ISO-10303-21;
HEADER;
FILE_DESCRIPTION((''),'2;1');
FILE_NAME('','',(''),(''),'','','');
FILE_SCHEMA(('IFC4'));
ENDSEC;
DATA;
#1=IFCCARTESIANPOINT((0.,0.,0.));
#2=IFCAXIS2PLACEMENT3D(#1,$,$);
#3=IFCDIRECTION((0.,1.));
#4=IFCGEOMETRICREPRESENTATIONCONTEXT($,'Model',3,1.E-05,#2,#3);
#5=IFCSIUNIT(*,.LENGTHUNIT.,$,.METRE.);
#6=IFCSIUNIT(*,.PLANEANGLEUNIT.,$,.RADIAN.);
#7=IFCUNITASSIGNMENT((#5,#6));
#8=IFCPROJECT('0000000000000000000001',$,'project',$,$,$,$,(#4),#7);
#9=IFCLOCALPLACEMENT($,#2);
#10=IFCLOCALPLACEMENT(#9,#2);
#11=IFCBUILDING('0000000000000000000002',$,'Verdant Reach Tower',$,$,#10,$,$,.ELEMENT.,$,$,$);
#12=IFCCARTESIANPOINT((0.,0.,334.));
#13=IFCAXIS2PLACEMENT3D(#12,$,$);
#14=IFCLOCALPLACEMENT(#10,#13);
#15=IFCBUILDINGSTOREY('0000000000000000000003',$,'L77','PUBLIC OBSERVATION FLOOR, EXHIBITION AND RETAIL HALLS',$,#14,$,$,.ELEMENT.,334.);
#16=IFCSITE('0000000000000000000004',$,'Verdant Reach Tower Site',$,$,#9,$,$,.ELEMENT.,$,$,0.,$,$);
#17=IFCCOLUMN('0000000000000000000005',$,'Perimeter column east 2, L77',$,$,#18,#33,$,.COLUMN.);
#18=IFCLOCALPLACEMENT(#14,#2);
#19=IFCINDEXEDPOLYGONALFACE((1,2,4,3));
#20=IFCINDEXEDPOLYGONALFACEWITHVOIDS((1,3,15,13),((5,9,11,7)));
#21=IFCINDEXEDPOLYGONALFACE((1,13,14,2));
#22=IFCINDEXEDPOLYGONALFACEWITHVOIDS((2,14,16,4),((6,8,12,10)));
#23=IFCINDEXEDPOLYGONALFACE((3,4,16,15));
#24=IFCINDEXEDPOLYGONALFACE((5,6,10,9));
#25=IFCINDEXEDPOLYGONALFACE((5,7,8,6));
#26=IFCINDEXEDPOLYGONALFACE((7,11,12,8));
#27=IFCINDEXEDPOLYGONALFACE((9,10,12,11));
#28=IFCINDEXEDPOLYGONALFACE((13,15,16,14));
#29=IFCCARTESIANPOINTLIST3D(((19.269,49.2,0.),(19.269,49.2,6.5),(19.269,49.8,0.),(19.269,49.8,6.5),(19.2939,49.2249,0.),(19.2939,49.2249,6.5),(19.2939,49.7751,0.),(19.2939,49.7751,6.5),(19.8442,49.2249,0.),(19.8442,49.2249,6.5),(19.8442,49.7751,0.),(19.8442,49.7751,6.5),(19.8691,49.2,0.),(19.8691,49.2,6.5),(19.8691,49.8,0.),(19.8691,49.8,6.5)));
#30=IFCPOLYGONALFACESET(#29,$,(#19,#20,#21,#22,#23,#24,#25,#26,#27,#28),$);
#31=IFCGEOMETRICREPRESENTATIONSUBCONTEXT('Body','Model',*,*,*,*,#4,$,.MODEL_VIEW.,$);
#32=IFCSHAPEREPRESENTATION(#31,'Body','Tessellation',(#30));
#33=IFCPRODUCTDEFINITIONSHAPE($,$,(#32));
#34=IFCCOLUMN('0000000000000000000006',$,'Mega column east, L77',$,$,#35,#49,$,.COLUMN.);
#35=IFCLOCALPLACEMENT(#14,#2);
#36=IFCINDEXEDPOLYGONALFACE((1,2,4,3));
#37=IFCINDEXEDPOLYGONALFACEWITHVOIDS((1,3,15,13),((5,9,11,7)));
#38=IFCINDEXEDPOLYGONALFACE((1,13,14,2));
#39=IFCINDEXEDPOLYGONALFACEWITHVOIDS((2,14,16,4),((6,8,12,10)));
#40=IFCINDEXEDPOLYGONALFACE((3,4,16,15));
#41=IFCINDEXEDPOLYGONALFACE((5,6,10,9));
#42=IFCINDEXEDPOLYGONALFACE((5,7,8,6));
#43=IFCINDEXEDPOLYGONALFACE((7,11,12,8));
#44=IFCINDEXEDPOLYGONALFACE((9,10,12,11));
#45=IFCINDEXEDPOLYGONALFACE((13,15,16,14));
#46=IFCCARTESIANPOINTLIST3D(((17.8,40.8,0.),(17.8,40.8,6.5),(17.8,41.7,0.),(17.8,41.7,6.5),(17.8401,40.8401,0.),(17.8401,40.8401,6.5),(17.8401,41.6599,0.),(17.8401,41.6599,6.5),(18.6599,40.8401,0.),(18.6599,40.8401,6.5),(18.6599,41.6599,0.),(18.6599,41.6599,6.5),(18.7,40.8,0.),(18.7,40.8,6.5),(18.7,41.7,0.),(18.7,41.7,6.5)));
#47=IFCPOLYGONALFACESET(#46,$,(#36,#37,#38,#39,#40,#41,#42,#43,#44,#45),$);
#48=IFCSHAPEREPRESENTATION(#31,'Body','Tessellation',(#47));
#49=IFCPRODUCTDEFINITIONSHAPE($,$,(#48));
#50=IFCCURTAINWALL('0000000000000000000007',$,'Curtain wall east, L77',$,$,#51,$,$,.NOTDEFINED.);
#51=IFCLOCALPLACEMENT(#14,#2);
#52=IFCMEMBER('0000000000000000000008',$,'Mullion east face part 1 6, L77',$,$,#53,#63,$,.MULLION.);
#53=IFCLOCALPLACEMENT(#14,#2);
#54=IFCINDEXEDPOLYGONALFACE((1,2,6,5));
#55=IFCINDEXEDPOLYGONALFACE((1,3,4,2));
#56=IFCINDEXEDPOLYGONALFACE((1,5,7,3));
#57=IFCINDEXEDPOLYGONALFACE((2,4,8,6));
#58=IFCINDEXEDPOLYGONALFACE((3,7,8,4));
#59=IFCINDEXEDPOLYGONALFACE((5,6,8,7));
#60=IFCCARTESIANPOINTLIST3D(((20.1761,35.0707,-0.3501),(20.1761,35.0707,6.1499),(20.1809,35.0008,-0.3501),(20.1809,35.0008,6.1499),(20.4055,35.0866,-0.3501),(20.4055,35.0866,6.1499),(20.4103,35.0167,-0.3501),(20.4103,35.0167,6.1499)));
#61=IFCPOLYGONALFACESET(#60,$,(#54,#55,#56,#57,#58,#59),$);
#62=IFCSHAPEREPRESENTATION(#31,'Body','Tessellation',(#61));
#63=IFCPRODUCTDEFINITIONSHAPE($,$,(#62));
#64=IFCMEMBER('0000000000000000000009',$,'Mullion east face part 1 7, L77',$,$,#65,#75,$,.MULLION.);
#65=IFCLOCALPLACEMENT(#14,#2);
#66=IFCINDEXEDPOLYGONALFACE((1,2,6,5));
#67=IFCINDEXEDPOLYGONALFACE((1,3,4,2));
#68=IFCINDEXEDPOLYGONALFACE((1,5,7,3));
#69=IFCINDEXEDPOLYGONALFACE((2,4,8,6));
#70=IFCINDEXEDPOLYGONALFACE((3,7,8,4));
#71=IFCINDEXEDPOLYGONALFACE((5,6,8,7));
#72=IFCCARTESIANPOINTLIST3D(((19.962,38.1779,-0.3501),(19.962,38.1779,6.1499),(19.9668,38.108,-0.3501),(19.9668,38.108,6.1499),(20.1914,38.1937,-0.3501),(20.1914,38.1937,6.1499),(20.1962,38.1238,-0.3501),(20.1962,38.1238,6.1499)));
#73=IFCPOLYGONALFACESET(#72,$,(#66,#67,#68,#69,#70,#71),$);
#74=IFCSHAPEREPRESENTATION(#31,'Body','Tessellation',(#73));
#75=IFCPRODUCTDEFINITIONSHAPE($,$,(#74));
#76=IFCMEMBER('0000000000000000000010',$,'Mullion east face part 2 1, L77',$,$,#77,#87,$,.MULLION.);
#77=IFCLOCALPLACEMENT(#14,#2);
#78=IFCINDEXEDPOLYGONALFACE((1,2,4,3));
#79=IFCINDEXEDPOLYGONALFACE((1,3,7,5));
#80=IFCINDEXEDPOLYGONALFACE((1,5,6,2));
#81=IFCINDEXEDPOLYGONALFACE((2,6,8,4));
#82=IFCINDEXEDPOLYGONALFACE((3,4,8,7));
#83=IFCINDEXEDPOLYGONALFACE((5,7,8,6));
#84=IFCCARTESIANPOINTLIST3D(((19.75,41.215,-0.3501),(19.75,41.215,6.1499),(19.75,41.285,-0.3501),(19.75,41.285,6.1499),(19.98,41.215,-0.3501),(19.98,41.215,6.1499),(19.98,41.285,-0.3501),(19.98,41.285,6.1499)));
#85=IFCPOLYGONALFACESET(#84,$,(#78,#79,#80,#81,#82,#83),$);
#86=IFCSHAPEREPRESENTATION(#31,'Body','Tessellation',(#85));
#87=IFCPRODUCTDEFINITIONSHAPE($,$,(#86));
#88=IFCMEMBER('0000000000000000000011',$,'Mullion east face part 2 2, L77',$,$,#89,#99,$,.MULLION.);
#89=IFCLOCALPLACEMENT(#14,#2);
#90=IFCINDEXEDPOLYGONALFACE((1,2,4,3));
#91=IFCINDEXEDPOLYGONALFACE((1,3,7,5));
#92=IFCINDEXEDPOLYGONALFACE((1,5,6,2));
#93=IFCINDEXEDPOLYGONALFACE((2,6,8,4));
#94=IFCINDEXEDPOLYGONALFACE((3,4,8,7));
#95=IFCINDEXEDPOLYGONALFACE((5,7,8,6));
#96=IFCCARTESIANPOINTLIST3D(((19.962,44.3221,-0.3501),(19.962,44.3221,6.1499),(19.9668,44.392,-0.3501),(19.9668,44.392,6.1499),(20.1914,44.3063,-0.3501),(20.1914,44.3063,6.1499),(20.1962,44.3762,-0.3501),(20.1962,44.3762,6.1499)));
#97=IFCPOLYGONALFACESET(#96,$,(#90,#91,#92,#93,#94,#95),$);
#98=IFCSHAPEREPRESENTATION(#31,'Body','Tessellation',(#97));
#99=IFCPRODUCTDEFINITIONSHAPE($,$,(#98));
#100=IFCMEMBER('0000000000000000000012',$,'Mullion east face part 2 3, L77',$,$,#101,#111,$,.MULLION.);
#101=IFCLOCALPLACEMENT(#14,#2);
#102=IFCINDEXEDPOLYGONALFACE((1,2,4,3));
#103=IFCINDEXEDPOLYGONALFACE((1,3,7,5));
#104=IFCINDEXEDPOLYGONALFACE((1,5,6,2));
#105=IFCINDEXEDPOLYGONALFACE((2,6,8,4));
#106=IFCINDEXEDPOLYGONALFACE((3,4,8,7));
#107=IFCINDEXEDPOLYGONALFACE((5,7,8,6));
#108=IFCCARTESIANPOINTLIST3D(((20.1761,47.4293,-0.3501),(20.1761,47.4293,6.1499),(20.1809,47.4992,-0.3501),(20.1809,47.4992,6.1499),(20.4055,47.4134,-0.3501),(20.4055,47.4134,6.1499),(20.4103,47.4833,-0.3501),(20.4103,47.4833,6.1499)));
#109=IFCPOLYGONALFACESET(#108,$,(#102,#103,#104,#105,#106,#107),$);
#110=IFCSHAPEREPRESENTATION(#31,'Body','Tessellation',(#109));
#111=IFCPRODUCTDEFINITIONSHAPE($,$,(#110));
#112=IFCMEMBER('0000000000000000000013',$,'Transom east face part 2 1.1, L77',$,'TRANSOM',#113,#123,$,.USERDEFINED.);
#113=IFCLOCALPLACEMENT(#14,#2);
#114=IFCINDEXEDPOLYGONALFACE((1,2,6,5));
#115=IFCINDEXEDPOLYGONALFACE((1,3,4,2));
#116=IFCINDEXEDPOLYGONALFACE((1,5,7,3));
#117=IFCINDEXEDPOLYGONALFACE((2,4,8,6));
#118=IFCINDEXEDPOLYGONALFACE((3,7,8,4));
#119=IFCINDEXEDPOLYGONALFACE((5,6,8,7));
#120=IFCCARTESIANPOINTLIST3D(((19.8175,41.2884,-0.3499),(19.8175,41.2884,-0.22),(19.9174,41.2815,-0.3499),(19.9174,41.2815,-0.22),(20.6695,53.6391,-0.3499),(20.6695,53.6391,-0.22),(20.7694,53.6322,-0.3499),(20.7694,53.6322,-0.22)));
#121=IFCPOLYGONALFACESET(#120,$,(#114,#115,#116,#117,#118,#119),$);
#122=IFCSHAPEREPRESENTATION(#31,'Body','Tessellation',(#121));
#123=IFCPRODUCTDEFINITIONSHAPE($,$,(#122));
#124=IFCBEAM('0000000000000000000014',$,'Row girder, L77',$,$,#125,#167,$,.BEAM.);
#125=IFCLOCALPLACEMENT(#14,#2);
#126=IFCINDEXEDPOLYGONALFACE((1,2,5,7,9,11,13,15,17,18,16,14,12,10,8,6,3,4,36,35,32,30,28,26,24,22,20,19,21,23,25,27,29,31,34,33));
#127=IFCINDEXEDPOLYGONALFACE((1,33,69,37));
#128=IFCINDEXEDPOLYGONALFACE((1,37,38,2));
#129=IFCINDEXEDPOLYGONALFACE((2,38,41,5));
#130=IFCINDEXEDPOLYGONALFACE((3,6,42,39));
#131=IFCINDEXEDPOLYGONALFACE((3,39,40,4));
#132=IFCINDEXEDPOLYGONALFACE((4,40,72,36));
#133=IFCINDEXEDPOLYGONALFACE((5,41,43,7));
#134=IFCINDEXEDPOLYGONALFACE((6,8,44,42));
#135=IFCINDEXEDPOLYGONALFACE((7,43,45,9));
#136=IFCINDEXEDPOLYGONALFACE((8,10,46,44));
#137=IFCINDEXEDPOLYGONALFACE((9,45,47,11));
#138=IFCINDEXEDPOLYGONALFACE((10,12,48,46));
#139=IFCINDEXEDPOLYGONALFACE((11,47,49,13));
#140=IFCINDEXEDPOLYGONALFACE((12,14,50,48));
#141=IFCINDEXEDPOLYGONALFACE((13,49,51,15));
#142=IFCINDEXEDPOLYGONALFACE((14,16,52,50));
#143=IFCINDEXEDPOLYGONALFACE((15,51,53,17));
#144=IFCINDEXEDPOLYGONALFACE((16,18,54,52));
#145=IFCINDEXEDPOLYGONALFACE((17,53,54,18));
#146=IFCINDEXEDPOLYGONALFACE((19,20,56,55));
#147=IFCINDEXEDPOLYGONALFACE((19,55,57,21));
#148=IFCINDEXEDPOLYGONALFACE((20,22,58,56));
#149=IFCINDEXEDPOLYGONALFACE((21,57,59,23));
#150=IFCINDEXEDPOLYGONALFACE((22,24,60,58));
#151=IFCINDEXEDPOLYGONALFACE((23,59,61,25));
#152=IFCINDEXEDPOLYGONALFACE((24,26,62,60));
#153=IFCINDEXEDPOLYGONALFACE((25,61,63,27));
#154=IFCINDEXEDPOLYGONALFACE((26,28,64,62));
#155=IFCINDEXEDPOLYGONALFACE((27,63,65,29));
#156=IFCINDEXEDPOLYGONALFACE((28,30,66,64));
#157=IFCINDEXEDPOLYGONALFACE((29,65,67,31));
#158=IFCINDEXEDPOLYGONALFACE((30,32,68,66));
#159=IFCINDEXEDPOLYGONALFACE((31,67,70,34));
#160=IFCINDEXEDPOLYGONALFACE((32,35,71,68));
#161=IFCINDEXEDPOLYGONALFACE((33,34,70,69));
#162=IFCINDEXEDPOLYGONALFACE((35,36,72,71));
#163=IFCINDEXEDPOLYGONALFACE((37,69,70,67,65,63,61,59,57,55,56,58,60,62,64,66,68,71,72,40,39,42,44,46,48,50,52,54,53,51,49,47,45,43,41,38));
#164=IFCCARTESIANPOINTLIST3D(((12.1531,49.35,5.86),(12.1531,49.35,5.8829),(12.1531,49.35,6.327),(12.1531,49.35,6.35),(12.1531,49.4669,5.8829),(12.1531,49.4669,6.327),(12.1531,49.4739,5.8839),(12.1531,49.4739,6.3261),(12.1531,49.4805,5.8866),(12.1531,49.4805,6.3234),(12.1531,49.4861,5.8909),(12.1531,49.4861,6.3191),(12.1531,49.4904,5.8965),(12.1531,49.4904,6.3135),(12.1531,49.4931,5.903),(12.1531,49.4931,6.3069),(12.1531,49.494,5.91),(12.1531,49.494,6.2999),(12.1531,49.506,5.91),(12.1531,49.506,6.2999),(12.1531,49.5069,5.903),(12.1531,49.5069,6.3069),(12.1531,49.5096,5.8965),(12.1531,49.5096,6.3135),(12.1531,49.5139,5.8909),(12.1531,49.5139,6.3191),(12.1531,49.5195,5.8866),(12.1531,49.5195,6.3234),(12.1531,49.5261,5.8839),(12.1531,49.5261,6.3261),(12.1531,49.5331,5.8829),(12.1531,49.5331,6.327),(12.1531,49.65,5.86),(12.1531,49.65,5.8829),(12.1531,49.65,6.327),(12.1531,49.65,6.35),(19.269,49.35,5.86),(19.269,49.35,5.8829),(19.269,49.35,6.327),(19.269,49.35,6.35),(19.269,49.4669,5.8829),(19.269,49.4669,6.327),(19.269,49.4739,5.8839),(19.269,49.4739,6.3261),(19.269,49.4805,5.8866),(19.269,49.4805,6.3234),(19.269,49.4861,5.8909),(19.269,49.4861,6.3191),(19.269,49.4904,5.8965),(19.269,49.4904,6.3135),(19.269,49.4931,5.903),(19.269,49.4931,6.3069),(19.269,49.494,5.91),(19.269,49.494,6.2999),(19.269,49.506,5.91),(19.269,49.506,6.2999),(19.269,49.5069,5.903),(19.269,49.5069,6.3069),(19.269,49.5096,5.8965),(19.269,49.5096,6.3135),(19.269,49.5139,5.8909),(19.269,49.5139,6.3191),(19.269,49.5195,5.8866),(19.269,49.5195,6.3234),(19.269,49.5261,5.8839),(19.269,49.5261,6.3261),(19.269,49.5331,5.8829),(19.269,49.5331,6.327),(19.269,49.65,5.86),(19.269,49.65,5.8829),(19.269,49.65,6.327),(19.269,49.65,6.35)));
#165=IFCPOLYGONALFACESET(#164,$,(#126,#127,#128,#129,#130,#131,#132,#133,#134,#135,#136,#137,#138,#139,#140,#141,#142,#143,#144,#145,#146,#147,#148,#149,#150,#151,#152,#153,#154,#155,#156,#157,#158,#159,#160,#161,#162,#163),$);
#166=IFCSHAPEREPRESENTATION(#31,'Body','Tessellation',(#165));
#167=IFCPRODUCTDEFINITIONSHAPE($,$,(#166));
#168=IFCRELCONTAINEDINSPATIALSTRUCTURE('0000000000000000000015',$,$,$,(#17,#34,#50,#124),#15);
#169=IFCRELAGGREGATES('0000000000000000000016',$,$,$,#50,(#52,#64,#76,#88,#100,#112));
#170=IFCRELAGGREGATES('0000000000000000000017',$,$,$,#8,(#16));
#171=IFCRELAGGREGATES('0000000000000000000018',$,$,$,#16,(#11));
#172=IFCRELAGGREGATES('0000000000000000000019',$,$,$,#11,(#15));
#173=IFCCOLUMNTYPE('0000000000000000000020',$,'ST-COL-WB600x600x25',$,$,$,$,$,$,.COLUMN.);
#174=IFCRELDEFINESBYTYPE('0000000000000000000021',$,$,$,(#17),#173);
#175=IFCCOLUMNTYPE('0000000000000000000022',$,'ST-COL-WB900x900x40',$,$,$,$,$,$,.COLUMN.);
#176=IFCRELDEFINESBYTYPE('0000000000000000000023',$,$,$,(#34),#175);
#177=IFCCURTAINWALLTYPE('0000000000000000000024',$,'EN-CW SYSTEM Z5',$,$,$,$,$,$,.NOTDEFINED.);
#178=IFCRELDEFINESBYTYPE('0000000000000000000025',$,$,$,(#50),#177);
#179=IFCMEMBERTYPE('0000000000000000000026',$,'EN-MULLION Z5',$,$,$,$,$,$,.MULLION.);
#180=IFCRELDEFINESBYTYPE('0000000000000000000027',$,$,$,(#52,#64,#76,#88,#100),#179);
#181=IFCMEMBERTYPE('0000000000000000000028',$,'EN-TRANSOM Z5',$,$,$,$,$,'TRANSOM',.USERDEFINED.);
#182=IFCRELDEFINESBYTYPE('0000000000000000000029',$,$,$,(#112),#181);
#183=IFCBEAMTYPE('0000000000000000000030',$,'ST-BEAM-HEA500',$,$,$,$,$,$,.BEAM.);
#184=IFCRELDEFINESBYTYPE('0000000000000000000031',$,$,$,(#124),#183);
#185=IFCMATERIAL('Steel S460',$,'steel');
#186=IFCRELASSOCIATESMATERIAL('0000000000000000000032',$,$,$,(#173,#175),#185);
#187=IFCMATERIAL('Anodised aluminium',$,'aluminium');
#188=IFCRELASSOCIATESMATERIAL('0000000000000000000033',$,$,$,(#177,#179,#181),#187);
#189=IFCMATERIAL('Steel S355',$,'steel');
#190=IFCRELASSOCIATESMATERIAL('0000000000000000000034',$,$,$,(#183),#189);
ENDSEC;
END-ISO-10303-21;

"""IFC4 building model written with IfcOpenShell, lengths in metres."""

from ifc_helpers import new_model, si_unit, direction, frame, origin, origin_2d, place, context, subcontext, project, spatial, rectangle, hollow_rectangle, i_section, extrude, material, material_profile, profile_set, type_object, element, aggregate, save


model = new_model("IFC4")

# Units and contexts
model_context = context("Model", 3, precision=1e-05, world=origin(), true_north=direction((0.0, 1.0)))
body_context = subcontext(model_context, "Body", "Model", "MODEL_VIEW")
ifc_project = project(units=[si_unit("LENGTHUNIT", "METRE"), si_unit("PLANEANGLEUNIT", "RADIAN")], contexts=[model_context])

# Site, building, storey
site_placement = place(None, origin())
site = spatial("IfcSite", under=ifc_project, at=site_placement, Name="Verdant Reach Tower Site", CompositionType="ELEMENT", RefElevation=0.0)
building_placement = place(site_placement, origin())
building = spatial("IfcBuilding", under=site, at=building_placement, Name="Verdant Reach Tower", CompositionType="ELEMENT")
storey_placement = place(building_placement, frame((0.0, 0.0, 334.0)))
storey = spatial("IfcBuildingStorey", under=building, at=storey_placement, Name="L77", Description="PUBLIC OBSERVATION FLOOR, EXHIBITION AND RETAIL HALLS", CompositionType="ELEMENT", Elevation=334.0)

# Columns
ifc_material_1 = material(Name="Steel S460", Category="steel")
ifc_material_profile_1 = material_profile(ifc_material_1, hollow_rectangle(XDim=0.6001, YDim=0.6001, WallThickness=0.0249, at=origin_2d()), Name="WB 600x600x25")
ifc_profile_set_1 = profile_set([ifc_material_profile_1], Name="Steel S460")
column_type_1 = type_object("IfcColumnType", Name="ST-COL-WB600x600x25", PredefinedType="COLUMN", material=ifc_profile_set_1)
column_1_placement = place(storey_placement, frame((19.5691, 49.5, 0.0), z_axis=(0.0, 0.0, 1.0), x_axis=(1.0, 0.0, 0.0)))
element("IfcColumn", 1, at=column_1_placement, inside=storey, type_object=column_type_1, Name="Perimeter column east 2, L77", PredefinedType="COLUMN", context=body_context, shape_type="SweptSolid", body=[
    extrude(hollow_rectangle(XDim=0.6001, YDim=0.6001, WallThickness=0.0249, at=origin_2d()), origin(), (0.0, 0.0, 1.0), 6.5),
])
ifc_material_profile_2 = material_profile(ifc_material_1, hollow_rectangle(XDim=0.8999, YDim=0.8999, WallThickness=0.04, at=origin_2d()), Name="WB 900x900x40")
ifc_profile_set_2 = profile_set([ifc_material_profile_2], Name="Steel S460")
column_type_2 = type_object("IfcColumnType", Name="ST-COL-WB900x900x40", PredefinedType="COLUMN", material=ifc_profile_set_2)
column_2_placement = place(storey_placement, frame((18.25, 41.25, 0.0), z_axis=(0.0, 0.0, 1.0), x_axis=(1.0, 0.0, 0.0)))
element("IfcColumn", 2, at=column_2_placement, inside=storey, type_object=column_type_2, Name="Mega column east, L77", PredefinedType="COLUMN", context=body_context, shape_type="SweptSolid", body=[
    extrude(hollow_rectangle(XDim=0.8999, YDim=0.8999, WallThickness=0.04, at=origin_2d()), origin(), (0.0, 0.0, 1.0), 6.5),
])

# Curtain wall, members
ifc_material_2 = material(Name="Anodised aluminium", Category="aluminium")
curtain_wall_type = type_object("IfcCurtainWallType", Name="EN-CW SYSTEM Z5", PredefinedType="NOTDEFINED", material=ifc_material_2)
curtain_wall_placement = place(storey_placement, origin())
curtain_wall = element("IfcCurtainWall", 3, at=curtain_wall_placement, inside=storey, type_object=curtain_wall_type, Name="Curtain wall east, L77", PredefinedType="NOTDEFINED")
ifc_material_profile_3 = material_profile(ifc_material_2, rectangle(XDim=0.23, YDim=0.0701, at=origin_2d()), Name="Mullion 70x230")
ifc_profile_set_3 = profile_set([ifc_material_profile_3], Name="Anodised aluminium")
member_type_1 = type_object("IfcMemberType", Name="EN-MULLION Z5", PredefinedType="MULLION", material=ifc_profile_set_3)
member_1_placement = place(storey_placement, frame((20.2932, 35.0437, -0.3501), z_axis=(0.0, 0.0, 1.0), x_axis=(0.99763, 0.068802, 0.0)))
member_1 = element("IfcMember", 4, at=member_1_placement, type_object=member_type_1, Name="Mullion east face part 1 6, L77", PredefinedType="MULLION", context=body_context, shape_type="SweptSolid", body=[
    extrude(rectangle(XDim=0.23, YDim=0.0701, at=origin_2d()), origin(), (0.0, 0.0, 1.0), 6.5),
])
member_2_placement = place(storey_placement, frame((20.0791, 38.1509, -0.3501), z_axis=(0.0, 0.0, 1.0), x_axis=(0.99763, 0.068802, 0.0)))
member_2 = element("IfcMember", 5, at=member_2_placement, type_object=member_type_1, Name="Mullion east face part 1 7, L77", PredefinedType="MULLION", context=body_context, shape_type="SweptSolid", body=[
    extrude(rectangle(XDim=0.23, YDim=0.0701, at=origin_2d()), origin(), (0.0, 0.0, 1.0), 6.5),
])
member_3_placement = place(storey_placement, frame((19.865, 41.25, -0.3501), z_axis=(0.0, 0.0, 1.0), x_axis=(1.0, 0.0, 0.0)))
member_3 = element("IfcMember", 6, at=member_3_placement, type_object=member_type_1, Name="Mullion east face part 2 1, L77", PredefinedType="MULLION", context=body_context, shape_type="SweptSolid", body=[
    extrude(rectangle(XDim=0.23, YDim=0.0701, at=origin_2d()), origin(), (0.0, 0.0, 1.0), 6.5),
])
member_4_placement = place(storey_placement, frame((20.0791, 44.3491, -0.3501), z_axis=(0.0, 0.0, 1.0), x_axis=(0.99763, -0.068802, 0.0)))
member_4 = element("IfcMember", 7, at=member_4_placement, type_object=member_type_1, Name="Mullion east face part 2 2, L77", PredefinedType="MULLION", context=body_context, shape_type="SweptSolid", body=[
    extrude(rectangle(XDim=0.23, YDim=0.0701, at=origin_2d()), origin(), (0.0, 0.0, 1.0), 6.5),
])
member_5_placement = place(storey_placement, frame((20.2932, 47.4563, -0.3501), z_axis=(0.0, 0.0, 1.0), x_axis=(0.99763, -0.068802, 0.0)))
member_5 = element("IfcMember", 8, at=member_5_placement, type_object=member_type_1, Name="Mullion east face part 2 3, L77", PredefinedType="MULLION", context=body_context, shape_type="SweptSolid", body=[
    extrude(rectangle(XDim=0.23, YDim=0.0701, at=origin_2d()), origin(), (0.0, 0.0, 1.0), 6.5),
])
ifc_material_profile_4 = material_profile(ifc_material_2, rectangle(XDim=0.1001, YDim=0.1299, at=origin_2d()), Name="Transom 130x100")
ifc_profile_set_4 = profile_set([ifc_material_profile_4], Name="Anodised aluminium")
member_type_2 = type_object("IfcMemberType", Name="EN-TRANSOM Z5", ElementType="TRANSOM", PredefinedType="USERDEFINED", material=ifc_profile_set_4)
member_6_placement = place(storey_placement, frame((19.8674, 41.2849, -0.2849), z_axis=(0.068824, 0.997629, 0.0), x_axis=(-0.997629, 0.068824, 0.0)))
member_6 = element("IfcMember", 9, at=member_6_placement, type_object=member_type_2, Name="Transom east face part 2 1.1, L77", ObjectType="TRANSOM", PredefinedType="USERDEFINED", context=body_context, shape_type="SweptSolid", body=[
    extrude(rectangle(XDim=0.1001, YDim=0.1299, at=origin_2d()), origin(), (0.0, 0.0, 1.0), 12.3801),
])

# Beam
ifc_material_3 = material(Name="Steel S355", Category="steel")
ifc_material_profile_5 = material_profile(ifc_material_3, i_section(OverallWidth=0.3, OverallDepth=0.49, WebThickness=0.012, FlangeThickness=0.0229, FilletRadius=0.0271, at=origin_2d()), Name="HEA 500")
ifc_profile_set_5 = profile_set([ifc_material_profile_5], Name="Steel S355")
beam_type_1 = type_object("IfcBeamType", Name="ST-BEAM-HEA500", PredefinedType="BEAM", material=ifc_profile_set_5)
beam_1_placement = place(storey_placement, frame((12.1531, 49.5, 6.105), z_axis=(1.0, 0.0, 0.0), x_axis=(0.0, 1.0, 0.0)))
element("IfcBeam", 10, at=beam_1_placement, inside=storey, type_object=beam_type_1, Name="Row girder, L77", PredefinedType="BEAM", context=body_context, shape_type="SweptSolid", body=[
    extrude(i_section(OverallWidth=0.3, OverallDepth=0.49, WebThickness=0.012, FlangeThickness=0.0229, FilletRadius=0.0271, at=origin_2d()), origin(), (0.0, 0.0, 1.0), 7.116),
])

aggregate(curtain_wall, [member_1, member_2, member_3, member_4, member_5, member_6])

save(model, "model.ifc")
